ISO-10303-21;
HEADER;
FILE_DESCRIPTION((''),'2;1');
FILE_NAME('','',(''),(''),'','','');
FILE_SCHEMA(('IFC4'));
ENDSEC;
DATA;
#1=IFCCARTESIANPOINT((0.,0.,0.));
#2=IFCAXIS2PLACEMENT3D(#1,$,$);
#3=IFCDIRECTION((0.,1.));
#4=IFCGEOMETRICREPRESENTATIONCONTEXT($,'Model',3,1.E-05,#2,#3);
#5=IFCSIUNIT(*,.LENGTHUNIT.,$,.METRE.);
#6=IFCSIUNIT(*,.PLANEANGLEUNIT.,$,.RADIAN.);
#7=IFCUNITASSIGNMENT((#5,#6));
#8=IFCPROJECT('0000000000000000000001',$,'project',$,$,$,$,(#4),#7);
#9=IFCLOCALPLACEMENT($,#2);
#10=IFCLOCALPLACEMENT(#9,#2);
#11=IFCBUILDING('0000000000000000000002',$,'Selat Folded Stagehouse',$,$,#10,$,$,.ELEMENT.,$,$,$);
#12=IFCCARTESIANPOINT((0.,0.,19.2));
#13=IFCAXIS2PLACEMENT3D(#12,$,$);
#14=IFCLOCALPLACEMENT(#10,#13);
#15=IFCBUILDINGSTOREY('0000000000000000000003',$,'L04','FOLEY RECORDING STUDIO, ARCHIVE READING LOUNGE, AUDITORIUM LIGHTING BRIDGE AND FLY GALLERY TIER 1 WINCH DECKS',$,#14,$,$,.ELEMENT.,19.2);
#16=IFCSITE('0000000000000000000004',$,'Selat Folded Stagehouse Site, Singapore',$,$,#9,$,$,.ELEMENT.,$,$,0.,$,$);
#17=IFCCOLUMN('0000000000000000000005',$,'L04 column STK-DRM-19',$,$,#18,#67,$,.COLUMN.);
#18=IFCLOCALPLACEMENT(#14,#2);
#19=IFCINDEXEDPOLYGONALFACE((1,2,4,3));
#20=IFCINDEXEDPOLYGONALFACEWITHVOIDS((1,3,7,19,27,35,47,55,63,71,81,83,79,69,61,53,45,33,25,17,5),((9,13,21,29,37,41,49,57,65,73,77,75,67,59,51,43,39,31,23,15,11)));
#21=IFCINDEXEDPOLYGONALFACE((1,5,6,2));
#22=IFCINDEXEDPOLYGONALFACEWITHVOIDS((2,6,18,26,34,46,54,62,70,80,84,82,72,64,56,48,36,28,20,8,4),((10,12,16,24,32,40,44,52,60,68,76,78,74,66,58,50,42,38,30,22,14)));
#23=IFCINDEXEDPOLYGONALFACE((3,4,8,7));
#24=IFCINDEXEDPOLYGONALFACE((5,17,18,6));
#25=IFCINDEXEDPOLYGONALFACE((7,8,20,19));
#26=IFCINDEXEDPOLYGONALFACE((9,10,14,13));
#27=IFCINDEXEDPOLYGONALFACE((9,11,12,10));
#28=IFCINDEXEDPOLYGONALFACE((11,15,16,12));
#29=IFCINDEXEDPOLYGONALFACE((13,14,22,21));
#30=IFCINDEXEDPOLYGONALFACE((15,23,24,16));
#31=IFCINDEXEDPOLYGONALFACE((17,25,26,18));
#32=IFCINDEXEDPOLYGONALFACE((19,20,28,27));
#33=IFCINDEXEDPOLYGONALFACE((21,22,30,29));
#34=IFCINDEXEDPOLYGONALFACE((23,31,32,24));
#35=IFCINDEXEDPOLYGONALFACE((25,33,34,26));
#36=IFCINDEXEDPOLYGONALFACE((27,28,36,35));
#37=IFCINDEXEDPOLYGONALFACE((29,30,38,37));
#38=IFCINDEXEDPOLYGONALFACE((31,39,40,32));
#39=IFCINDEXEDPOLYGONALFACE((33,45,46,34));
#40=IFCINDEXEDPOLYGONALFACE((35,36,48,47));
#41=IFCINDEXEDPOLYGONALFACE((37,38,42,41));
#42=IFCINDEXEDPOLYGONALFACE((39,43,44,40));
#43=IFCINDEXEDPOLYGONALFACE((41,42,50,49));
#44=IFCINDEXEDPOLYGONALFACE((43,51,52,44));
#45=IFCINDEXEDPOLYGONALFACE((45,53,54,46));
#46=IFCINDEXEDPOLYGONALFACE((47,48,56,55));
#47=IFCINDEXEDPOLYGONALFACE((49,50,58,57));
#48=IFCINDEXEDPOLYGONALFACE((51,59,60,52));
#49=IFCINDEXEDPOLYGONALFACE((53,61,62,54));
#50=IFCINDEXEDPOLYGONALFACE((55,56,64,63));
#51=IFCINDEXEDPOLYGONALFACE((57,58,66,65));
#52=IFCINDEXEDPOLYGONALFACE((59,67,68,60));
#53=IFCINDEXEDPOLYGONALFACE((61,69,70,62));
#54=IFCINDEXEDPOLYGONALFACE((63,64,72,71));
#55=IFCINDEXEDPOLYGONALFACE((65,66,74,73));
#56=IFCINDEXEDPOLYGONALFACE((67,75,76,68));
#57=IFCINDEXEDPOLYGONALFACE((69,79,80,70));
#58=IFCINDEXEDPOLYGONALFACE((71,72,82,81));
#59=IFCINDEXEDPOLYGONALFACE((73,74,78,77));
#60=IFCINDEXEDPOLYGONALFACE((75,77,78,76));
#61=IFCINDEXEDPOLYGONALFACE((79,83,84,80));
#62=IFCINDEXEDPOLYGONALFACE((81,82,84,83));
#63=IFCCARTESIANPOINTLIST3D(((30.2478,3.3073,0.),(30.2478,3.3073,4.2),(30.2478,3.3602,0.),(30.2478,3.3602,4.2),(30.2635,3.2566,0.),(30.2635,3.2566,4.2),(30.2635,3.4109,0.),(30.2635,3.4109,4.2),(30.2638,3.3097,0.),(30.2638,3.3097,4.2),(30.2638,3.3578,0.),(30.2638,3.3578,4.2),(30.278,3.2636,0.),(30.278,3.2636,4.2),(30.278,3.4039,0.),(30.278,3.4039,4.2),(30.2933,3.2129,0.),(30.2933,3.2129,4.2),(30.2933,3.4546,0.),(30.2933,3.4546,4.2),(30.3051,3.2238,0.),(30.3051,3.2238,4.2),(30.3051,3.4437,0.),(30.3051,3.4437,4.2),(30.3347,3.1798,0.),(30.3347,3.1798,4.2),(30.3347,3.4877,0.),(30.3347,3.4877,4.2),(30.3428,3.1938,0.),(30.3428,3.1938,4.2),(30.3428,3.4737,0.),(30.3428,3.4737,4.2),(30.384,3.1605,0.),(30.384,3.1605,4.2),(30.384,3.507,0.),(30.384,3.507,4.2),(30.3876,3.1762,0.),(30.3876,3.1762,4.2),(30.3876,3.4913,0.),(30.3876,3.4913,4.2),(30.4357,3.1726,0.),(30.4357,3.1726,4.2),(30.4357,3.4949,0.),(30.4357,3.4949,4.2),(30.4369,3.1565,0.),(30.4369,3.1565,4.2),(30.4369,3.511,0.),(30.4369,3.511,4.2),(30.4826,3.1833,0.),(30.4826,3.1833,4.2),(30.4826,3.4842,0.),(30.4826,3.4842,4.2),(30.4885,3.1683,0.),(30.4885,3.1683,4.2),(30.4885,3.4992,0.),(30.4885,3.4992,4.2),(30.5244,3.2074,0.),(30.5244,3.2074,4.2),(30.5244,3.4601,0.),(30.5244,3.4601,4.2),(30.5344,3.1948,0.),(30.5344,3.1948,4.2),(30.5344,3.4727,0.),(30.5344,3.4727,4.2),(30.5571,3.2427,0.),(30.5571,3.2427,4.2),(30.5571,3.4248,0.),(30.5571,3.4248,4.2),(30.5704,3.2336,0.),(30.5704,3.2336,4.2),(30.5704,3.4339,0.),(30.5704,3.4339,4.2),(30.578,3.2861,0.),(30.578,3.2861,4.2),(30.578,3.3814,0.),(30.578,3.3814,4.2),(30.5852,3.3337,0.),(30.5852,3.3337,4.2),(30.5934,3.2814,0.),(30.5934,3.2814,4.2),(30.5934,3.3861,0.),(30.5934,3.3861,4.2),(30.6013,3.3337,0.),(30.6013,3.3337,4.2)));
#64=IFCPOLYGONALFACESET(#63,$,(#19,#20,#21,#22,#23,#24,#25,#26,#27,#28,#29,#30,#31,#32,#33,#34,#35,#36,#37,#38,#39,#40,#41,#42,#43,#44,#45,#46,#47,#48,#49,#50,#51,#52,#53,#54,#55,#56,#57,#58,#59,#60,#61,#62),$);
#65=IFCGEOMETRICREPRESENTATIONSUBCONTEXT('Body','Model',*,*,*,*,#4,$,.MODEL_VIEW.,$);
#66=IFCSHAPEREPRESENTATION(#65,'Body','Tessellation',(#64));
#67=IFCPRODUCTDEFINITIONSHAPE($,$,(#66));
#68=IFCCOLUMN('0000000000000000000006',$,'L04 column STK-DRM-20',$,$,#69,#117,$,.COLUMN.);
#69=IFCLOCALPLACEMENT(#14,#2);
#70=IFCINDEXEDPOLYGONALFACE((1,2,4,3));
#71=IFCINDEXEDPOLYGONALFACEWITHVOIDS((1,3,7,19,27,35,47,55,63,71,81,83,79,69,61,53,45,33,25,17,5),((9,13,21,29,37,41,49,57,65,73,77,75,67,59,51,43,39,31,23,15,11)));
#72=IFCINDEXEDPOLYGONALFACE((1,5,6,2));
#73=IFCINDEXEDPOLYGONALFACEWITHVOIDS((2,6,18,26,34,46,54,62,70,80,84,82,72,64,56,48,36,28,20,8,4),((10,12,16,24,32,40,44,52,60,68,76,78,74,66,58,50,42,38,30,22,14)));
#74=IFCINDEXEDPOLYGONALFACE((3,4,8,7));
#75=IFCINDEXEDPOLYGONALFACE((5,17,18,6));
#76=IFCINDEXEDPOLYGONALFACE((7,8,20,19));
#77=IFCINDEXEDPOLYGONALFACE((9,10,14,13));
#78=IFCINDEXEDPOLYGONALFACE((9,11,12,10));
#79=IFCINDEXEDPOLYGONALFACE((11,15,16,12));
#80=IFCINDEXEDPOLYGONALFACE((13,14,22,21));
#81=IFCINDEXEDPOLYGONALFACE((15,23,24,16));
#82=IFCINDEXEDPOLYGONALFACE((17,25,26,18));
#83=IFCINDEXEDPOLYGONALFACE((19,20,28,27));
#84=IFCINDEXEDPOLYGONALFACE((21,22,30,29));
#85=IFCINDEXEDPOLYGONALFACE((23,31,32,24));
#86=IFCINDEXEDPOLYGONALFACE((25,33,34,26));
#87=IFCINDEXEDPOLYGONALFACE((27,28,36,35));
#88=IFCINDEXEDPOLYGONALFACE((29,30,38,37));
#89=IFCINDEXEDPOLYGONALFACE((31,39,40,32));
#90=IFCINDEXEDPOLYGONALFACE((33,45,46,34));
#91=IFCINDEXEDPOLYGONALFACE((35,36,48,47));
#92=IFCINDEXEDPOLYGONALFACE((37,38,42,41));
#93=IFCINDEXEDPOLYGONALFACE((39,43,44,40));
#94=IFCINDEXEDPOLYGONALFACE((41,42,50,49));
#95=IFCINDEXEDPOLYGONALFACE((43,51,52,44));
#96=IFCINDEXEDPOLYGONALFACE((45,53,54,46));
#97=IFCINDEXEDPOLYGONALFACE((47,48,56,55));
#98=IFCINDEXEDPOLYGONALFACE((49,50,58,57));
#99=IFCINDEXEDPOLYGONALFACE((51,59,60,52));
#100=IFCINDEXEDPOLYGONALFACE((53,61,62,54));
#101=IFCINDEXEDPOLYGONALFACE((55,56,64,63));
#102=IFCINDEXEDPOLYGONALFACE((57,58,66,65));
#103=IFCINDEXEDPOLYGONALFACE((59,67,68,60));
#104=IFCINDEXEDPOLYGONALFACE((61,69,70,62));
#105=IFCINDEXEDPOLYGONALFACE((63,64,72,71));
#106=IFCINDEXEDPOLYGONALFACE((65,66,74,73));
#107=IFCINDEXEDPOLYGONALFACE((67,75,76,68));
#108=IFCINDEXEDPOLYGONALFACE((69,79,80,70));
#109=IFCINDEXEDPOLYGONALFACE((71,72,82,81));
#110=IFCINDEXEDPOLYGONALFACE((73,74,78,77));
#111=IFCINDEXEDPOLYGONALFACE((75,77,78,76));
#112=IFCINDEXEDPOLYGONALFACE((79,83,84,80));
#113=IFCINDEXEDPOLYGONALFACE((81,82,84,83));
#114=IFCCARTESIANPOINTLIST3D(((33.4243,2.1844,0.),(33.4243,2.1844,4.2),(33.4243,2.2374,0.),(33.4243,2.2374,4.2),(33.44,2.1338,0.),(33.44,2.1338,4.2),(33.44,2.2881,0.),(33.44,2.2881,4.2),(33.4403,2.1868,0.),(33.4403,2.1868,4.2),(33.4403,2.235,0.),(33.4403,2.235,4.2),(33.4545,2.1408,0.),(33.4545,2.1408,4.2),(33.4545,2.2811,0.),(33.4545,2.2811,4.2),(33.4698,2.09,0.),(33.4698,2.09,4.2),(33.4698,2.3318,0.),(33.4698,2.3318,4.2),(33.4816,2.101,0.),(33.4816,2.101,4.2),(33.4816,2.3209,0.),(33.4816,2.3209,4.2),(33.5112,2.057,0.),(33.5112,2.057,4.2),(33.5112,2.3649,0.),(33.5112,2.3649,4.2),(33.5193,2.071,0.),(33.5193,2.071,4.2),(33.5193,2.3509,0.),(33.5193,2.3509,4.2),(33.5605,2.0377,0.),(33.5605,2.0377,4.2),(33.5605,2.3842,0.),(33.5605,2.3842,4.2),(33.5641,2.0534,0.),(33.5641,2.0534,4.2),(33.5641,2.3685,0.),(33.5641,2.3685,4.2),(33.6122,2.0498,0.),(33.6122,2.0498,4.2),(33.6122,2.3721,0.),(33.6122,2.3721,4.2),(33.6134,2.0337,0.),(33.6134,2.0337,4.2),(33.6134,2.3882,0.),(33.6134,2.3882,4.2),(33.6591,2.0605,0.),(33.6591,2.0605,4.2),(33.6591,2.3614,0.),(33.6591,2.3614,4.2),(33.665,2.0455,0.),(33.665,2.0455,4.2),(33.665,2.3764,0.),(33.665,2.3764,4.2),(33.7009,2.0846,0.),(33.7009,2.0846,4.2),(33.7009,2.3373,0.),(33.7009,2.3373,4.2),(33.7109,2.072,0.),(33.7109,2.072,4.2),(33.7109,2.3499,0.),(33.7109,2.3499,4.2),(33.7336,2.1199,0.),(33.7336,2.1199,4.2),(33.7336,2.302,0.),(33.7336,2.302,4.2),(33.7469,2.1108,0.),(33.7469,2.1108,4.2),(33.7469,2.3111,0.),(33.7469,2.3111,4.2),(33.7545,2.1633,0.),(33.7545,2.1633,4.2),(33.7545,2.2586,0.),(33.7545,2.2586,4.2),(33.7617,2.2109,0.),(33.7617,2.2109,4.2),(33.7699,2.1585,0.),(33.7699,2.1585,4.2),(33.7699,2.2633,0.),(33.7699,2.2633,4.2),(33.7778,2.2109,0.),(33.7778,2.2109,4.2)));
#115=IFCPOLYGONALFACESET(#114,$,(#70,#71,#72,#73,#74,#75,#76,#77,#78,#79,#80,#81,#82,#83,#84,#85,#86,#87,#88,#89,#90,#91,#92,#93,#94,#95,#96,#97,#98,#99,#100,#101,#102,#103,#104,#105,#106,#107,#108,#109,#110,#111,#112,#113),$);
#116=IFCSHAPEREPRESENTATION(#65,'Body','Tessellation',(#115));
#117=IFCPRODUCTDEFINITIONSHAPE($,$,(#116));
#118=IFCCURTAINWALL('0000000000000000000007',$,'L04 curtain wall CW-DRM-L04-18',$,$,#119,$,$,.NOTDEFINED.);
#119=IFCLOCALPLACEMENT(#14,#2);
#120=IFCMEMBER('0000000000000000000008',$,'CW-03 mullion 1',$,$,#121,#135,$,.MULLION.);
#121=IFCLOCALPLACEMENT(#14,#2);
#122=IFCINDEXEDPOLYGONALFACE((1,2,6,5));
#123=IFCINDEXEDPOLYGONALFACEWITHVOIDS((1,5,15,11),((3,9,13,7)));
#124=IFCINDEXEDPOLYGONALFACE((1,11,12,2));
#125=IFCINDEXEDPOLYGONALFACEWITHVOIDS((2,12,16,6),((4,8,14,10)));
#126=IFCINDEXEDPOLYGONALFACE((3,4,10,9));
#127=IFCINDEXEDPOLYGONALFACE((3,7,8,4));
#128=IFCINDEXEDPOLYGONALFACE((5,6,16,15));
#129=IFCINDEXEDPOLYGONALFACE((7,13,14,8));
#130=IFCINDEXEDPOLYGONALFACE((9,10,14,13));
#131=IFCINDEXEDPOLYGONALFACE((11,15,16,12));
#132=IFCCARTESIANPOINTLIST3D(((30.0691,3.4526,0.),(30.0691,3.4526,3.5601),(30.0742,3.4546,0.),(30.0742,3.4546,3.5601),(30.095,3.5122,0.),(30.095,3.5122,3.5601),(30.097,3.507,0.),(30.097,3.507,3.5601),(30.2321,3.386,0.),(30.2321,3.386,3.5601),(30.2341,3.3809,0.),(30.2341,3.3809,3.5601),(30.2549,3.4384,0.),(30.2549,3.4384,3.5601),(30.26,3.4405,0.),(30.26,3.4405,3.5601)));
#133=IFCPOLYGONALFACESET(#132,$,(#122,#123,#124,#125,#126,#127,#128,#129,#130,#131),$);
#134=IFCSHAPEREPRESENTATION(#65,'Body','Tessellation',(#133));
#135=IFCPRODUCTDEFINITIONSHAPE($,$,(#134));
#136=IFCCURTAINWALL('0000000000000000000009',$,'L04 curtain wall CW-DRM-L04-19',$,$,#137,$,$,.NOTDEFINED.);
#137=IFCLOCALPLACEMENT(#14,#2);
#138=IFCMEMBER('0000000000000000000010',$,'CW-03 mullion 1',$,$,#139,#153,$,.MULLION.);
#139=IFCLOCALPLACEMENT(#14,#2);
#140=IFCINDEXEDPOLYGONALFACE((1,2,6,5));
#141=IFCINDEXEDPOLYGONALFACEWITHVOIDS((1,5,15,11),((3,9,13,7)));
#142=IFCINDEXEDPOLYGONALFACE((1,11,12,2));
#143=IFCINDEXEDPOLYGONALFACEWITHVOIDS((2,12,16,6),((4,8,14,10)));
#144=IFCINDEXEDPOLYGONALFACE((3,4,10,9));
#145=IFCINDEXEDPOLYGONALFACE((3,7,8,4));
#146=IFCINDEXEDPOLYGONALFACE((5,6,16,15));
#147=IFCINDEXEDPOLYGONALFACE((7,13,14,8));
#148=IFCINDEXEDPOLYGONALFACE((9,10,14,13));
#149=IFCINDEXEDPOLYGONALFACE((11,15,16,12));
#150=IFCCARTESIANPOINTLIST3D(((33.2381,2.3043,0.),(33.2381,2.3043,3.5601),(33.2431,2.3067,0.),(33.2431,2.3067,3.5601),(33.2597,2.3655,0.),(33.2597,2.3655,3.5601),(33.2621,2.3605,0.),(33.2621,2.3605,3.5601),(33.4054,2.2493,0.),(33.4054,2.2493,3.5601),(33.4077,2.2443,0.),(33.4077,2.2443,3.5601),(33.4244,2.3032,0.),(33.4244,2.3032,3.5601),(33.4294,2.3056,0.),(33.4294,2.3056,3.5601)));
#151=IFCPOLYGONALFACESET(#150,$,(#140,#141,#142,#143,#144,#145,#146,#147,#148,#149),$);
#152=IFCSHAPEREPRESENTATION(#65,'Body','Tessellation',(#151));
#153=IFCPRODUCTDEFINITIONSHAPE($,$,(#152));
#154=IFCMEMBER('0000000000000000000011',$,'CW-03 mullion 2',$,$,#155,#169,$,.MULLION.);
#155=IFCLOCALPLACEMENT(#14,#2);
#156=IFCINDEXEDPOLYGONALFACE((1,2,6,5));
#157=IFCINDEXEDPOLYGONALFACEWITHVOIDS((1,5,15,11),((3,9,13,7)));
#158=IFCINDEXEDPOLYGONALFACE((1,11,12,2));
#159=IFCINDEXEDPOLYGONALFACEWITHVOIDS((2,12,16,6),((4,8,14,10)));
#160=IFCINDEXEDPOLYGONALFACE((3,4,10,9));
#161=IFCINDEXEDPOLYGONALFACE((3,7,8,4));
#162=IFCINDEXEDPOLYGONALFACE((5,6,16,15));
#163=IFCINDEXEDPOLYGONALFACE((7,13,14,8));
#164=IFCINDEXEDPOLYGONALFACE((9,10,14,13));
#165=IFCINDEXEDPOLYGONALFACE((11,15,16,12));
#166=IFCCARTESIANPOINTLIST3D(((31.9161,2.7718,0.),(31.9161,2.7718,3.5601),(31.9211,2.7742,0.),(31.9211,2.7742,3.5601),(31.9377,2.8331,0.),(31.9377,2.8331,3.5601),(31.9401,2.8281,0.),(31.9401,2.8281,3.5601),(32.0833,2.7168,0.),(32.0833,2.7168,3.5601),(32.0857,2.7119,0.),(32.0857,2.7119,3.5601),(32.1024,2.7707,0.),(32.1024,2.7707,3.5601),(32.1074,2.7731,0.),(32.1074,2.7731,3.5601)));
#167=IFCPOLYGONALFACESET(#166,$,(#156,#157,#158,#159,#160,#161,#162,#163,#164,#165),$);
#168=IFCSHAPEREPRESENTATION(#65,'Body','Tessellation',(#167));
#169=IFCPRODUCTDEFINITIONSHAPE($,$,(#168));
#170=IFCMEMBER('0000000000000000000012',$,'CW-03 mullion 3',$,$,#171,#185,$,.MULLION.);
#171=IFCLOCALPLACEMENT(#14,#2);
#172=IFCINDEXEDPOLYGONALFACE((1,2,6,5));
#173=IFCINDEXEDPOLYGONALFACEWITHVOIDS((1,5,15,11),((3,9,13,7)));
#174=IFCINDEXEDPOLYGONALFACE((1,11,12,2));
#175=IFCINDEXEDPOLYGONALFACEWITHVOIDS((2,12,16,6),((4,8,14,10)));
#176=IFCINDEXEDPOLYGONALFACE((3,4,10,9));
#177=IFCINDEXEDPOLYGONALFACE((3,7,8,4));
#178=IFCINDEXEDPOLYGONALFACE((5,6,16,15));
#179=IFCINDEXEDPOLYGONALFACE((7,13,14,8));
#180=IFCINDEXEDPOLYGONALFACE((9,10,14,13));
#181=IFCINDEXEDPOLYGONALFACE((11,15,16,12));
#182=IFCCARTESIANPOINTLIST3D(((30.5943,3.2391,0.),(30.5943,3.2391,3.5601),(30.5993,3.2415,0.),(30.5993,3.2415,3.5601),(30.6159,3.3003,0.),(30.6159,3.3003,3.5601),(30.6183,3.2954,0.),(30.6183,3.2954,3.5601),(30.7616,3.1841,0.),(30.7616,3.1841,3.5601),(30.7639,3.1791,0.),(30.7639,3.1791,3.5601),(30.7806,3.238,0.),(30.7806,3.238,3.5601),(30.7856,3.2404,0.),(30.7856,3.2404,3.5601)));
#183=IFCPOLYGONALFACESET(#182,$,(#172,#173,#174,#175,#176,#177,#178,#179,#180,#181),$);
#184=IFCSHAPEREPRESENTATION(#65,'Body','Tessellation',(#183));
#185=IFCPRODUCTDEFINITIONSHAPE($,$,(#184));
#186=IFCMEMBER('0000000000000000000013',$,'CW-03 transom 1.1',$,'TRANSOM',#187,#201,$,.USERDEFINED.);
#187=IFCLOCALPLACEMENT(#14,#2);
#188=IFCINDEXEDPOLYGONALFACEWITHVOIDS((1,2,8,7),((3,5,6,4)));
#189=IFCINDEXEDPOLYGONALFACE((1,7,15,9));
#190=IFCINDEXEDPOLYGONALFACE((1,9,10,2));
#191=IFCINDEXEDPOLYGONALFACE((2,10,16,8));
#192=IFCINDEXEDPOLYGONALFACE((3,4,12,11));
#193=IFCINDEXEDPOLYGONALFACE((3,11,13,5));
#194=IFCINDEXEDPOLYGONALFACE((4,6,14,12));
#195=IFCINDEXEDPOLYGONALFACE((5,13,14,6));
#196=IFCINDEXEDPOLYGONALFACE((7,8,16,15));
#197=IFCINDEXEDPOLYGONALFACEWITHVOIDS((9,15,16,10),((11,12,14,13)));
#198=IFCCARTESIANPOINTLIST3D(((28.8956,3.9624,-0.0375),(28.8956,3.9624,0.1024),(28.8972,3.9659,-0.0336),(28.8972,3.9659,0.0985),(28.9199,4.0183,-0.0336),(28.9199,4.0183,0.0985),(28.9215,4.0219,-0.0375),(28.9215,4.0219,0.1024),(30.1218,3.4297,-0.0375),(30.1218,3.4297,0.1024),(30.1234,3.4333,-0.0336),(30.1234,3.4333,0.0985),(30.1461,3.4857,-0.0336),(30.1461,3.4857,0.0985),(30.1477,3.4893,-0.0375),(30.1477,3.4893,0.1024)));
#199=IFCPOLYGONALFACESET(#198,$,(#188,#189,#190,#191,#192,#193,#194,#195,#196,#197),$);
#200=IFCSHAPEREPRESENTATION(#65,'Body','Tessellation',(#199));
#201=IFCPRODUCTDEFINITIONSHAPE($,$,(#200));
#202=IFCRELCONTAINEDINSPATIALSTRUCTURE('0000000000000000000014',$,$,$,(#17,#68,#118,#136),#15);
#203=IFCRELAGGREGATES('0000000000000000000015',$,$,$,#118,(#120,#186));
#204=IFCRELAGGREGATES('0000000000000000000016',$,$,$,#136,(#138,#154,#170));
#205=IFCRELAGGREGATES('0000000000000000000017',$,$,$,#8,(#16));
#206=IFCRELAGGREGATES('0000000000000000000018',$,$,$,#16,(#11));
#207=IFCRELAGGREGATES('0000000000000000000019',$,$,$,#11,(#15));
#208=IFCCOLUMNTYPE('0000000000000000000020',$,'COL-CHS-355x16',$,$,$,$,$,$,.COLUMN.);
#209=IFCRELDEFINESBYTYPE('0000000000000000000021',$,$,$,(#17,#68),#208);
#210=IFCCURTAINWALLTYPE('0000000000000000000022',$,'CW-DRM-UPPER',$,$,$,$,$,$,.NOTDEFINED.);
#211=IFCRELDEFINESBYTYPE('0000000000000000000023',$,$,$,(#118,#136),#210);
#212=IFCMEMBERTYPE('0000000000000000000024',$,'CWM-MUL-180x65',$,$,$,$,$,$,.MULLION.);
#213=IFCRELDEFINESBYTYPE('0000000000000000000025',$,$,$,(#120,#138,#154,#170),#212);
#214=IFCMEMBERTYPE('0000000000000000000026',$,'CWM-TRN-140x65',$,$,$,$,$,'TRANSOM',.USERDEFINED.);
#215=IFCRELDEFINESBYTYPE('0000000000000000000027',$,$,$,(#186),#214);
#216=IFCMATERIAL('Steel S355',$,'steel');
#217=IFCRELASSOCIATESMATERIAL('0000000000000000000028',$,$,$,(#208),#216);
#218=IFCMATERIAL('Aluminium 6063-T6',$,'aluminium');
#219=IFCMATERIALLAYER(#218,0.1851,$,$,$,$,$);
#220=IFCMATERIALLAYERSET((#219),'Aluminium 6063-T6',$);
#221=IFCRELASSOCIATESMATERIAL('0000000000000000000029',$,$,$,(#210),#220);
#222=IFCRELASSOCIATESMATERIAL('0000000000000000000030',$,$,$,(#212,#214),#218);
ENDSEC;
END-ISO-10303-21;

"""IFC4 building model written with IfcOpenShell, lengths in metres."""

from ifc_helpers import new_model, si_unit, direction, frame, origin, origin_2d, place, context, subcontext, project, spatial, hollow_rectangle, hollow_circle, extrude, material, layer, layer_set, material_profile, profile_set, type_object, element, aggregate, save


model = new_model("IFC4")

# Units and contexts
model_context = context("Model", 3, precision=1e-05, world=origin(), true_north=direction((0.0, 1.0)))
body_context = subcontext(model_context, "Body", "Model", "MODEL_VIEW")
ifc_project = project(units=[si_unit("LENGTHUNIT", "METRE"), si_unit("PLANEANGLEUNIT", "RADIAN")], contexts=[model_context])

# Site, building, storey
site_placement = place(None, origin())
site = spatial("IfcSite", under=ifc_project, at=site_placement, Name="Selat Folded Stagehouse Site, Singapore", CompositionType="ELEMENT", RefElevation=0.0)
building_placement = place(site_placement, origin())
building = spatial("IfcBuilding", under=site, at=building_placement, Name="Selat Folded Stagehouse", CompositionType="ELEMENT")
storey_placement = place(building_placement, frame((0.0, 0.0, 19.2)))
storey = spatial("IfcBuildingStorey", under=building, at=storey_placement, Name="L04", Description="FOLEY RECORDING STUDIO, ARCHIVE READING LOUNGE, AUDITORIUM LIGHTING BRIDGE AND FLY GALLERY TIER 1 WINCH DECKS", CompositionType="ELEMENT", Elevation=19.2)

# Columns
ifc_material_1 = material(Name="Steel S355", Category="steel")
ifc_material_profile_1 = material_profile(ifc_material_1, hollow_circle(Radius=0.1777, WallThickness=0.0161, at=origin_2d()), Name="CHS 355.6x16.0")
ifc_profile_set_1 = profile_set([ifc_material_profile_1], Name="Steel S355")
column_type = type_object("IfcColumnType", Name="COL-CHS-355x16", PredefinedType="COLUMN", material=ifc_profile_set_1)
for number, where, z_axis, x_axis, name in (
    (1, (30.4236, 3.3337, 0.0), (0.0, 0.0, 1.0), (1.0, 0.0, 0.0), "L04 column STK-DRM-19"),
    (2, (33.6001, 2.2109, 0.0), (0.0, 0.0, 1.0), (1.0, 0.0, 0.0), "L04 column STK-DRM-20"),
):
    element("IfcColumn", number, at=place(storey_placement, frame(where, z_axis=z_axis, x_axis=x_axis)), inside=storey, type_object=column_type, Name=name, PredefinedType="COLUMN", context=body_context, shape_type="SweptSolid", body=[
        extrude(hollow_circle(Radius=0.1777, WallThickness=0.0161, at=origin_2d()), origin(), (0.0, 0.0, 1.0), 4.2),
    ])

# Curtain wall, member
ifc_material_2 = material(Name="Aluminium 6063-T6", Category="aluminium")
ifc_layer_1 = layer(ifc_material_2, 0.1851)
ifc_layer_set_1 = layer_set([ifc_layer_1], Name="Aluminium 6063-T6")
curtain_wall_type = type_object("IfcCurtainWallType", Name="CW-DRM-UPPER", PredefinedType="NOTDEFINED", material=ifc_layer_set_1)
curtain_wall_1_placement = place(storey_placement, origin())
curtain_wall_1 = element("IfcCurtainWall", 3, at=curtain_wall_1_placement, inside=storey, type_object=curtain_wall_type, Name="L04 curtain wall CW-DRM-L04-18", PredefinedType="NOTDEFINED")
ifc_material_profile_2 = material_profile(ifc_material_2, hollow_rectangle(XDim=0.0649, YDim=0.1799, WallThickness=0.0039, at=origin_2d()), Name="ALU 180x65x4.0")
ifc_profile_set_2 = profile_set([ifc_material_profile_2], Name="Aluminium 6063-T6")
member_type_1 = type_object("IfcMemberType", Name="CWM-MUL-180x65", PredefinedType="MULLION", material=ifc_profile_set_2)
member_1_placement = place(storey_placement, frame((30.1646, 3.4465, 0.0), z_axis=(0.0, 0.0, 1.0), x_axis=(-0.39858, -0.917134, 0.0)))
member_1 = element("IfcMember", 4, at=member_1_placement, type_object=member_type_1, Name="CW-03 mullion 1", PredefinedType="MULLION", context=body_context, shape_type="SweptSolid", body=[
    extrude(hollow_rectangle(XDim=0.0649, YDim=0.1799, WallThickness=0.0039, at=origin_2d()), origin(), (0.0, 0.0, 1.0), 3.5601),
])

# Curtain wall, members
curtain_wall_2_placement = place(storey_placement, origin())
curtain_wall_2 = element("IfcCurtainWall", 5, at=curtain_wall_2_placement, inside=storey, type_object=curtain_wall_type, Name="L04 curtain wall CW-DRM-L04-19", PredefinedType="NOTDEFINED")
member_2_placement = place(storey_placement, frame((33.3337, 2.3049, 0.0), z_axis=(0.0, 0.0, 1.0), x_axis=(-0.333314, -0.942816, 0.0)))
member_2 = element("IfcMember", 6, at=member_2_placement, type_object=member_type_1, Name="CW-03 mullion 1", PredefinedType="MULLION", context=body_context, shape_type="SweptSolid", body=[
    extrude(hollow_rectangle(XDim=0.0649, YDim=0.1799, WallThickness=0.0039, at=origin_2d()), origin(), (0.0, 0.0, 1.0), 3.5601),
])
member_3_placement = place(storey_placement, frame((32.0117, 2.7725, 0.0), z_axis=(0.0, 0.0, 1.0), x_axis=(-0.333314, -0.942816, 0.0)))
member_3 = element("IfcMember", 7, at=member_3_placement, type_object=member_type_1, Name="CW-03 mullion 2", PredefinedType="MULLION", context=body_context, shape_type="SweptSolid", body=[
    extrude(hollow_rectangle(XDim=0.0649, YDim=0.1799, WallThickness=0.0039, at=origin_2d()), origin(), (0.0, 0.0, 1.0), 3.5601),
])
member_4_placement = place(storey_placement, frame((30.6899, 3.2397, 0.0), z_axis=(0.0, 0.0, 1.0), x_axis=(-0.333314, -0.942816, 0.0)))
member_4 = element("IfcMember", 8, at=member_4_placement, type_object=member_type_1, Name="CW-03 mullion 3", PredefinedType="MULLION", context=body_context, shape_type="SweptSolid", body=[
    extrude(hollow_rectangle(XDim=0.0649, YDim=0.1799, WallThickness=0.0039, at=origin_2d()), origin(), (0.0, 0.0, 1.0), 3.5601),
])

# Member
ifc_material_profile_3 = material_profile(ifc_material_2, hollow_rectangle(XDim=0.0649, YDim=0.1399, WallThickness=0.0039, at=origin_2d()), Name="ALU 140x65x4.0")
ifc_profile_set_3 = profile_set([ifc_material_profile_3], Name="Aluminium 6063-T6")
member_type_2 = type_object("IfcMemberType", Name="CWM-TRN-140x65", ElementType="TRANSOM", PredefinedType="USERDEFINED", material=ifc_profile_set_3)
member_5_placement = place(storey_placement, frame((30.1348, 3.4595, 0.0325), z_axis=(-0.917198, 0.398432, 0.0), x_axis=(-0.398432, -0.917198, 0.0)))
member_5 = element("IfcMember", 9, at=member_5_placement, type_object=member_type_2, Name="CW-03 transom 1.1", ObjectType="TRANSOM", PredefinedType="USERDEFINED", context=body_context, shape_type="SweptSolid", body=[
    extrude(hollow_rectangle(XDim=0.0649, YDim=0.1399, WallThickness=0.0039, at=origin_2d()), origin(), (0.0, 0.0, 1.0), 1.3369),
])
aggregate(curtain_wall_1, [member_1, member_5])

aggregate(curtain_wall_2, [member_2, member_3, member_4])

save(model, "model.ifc")
